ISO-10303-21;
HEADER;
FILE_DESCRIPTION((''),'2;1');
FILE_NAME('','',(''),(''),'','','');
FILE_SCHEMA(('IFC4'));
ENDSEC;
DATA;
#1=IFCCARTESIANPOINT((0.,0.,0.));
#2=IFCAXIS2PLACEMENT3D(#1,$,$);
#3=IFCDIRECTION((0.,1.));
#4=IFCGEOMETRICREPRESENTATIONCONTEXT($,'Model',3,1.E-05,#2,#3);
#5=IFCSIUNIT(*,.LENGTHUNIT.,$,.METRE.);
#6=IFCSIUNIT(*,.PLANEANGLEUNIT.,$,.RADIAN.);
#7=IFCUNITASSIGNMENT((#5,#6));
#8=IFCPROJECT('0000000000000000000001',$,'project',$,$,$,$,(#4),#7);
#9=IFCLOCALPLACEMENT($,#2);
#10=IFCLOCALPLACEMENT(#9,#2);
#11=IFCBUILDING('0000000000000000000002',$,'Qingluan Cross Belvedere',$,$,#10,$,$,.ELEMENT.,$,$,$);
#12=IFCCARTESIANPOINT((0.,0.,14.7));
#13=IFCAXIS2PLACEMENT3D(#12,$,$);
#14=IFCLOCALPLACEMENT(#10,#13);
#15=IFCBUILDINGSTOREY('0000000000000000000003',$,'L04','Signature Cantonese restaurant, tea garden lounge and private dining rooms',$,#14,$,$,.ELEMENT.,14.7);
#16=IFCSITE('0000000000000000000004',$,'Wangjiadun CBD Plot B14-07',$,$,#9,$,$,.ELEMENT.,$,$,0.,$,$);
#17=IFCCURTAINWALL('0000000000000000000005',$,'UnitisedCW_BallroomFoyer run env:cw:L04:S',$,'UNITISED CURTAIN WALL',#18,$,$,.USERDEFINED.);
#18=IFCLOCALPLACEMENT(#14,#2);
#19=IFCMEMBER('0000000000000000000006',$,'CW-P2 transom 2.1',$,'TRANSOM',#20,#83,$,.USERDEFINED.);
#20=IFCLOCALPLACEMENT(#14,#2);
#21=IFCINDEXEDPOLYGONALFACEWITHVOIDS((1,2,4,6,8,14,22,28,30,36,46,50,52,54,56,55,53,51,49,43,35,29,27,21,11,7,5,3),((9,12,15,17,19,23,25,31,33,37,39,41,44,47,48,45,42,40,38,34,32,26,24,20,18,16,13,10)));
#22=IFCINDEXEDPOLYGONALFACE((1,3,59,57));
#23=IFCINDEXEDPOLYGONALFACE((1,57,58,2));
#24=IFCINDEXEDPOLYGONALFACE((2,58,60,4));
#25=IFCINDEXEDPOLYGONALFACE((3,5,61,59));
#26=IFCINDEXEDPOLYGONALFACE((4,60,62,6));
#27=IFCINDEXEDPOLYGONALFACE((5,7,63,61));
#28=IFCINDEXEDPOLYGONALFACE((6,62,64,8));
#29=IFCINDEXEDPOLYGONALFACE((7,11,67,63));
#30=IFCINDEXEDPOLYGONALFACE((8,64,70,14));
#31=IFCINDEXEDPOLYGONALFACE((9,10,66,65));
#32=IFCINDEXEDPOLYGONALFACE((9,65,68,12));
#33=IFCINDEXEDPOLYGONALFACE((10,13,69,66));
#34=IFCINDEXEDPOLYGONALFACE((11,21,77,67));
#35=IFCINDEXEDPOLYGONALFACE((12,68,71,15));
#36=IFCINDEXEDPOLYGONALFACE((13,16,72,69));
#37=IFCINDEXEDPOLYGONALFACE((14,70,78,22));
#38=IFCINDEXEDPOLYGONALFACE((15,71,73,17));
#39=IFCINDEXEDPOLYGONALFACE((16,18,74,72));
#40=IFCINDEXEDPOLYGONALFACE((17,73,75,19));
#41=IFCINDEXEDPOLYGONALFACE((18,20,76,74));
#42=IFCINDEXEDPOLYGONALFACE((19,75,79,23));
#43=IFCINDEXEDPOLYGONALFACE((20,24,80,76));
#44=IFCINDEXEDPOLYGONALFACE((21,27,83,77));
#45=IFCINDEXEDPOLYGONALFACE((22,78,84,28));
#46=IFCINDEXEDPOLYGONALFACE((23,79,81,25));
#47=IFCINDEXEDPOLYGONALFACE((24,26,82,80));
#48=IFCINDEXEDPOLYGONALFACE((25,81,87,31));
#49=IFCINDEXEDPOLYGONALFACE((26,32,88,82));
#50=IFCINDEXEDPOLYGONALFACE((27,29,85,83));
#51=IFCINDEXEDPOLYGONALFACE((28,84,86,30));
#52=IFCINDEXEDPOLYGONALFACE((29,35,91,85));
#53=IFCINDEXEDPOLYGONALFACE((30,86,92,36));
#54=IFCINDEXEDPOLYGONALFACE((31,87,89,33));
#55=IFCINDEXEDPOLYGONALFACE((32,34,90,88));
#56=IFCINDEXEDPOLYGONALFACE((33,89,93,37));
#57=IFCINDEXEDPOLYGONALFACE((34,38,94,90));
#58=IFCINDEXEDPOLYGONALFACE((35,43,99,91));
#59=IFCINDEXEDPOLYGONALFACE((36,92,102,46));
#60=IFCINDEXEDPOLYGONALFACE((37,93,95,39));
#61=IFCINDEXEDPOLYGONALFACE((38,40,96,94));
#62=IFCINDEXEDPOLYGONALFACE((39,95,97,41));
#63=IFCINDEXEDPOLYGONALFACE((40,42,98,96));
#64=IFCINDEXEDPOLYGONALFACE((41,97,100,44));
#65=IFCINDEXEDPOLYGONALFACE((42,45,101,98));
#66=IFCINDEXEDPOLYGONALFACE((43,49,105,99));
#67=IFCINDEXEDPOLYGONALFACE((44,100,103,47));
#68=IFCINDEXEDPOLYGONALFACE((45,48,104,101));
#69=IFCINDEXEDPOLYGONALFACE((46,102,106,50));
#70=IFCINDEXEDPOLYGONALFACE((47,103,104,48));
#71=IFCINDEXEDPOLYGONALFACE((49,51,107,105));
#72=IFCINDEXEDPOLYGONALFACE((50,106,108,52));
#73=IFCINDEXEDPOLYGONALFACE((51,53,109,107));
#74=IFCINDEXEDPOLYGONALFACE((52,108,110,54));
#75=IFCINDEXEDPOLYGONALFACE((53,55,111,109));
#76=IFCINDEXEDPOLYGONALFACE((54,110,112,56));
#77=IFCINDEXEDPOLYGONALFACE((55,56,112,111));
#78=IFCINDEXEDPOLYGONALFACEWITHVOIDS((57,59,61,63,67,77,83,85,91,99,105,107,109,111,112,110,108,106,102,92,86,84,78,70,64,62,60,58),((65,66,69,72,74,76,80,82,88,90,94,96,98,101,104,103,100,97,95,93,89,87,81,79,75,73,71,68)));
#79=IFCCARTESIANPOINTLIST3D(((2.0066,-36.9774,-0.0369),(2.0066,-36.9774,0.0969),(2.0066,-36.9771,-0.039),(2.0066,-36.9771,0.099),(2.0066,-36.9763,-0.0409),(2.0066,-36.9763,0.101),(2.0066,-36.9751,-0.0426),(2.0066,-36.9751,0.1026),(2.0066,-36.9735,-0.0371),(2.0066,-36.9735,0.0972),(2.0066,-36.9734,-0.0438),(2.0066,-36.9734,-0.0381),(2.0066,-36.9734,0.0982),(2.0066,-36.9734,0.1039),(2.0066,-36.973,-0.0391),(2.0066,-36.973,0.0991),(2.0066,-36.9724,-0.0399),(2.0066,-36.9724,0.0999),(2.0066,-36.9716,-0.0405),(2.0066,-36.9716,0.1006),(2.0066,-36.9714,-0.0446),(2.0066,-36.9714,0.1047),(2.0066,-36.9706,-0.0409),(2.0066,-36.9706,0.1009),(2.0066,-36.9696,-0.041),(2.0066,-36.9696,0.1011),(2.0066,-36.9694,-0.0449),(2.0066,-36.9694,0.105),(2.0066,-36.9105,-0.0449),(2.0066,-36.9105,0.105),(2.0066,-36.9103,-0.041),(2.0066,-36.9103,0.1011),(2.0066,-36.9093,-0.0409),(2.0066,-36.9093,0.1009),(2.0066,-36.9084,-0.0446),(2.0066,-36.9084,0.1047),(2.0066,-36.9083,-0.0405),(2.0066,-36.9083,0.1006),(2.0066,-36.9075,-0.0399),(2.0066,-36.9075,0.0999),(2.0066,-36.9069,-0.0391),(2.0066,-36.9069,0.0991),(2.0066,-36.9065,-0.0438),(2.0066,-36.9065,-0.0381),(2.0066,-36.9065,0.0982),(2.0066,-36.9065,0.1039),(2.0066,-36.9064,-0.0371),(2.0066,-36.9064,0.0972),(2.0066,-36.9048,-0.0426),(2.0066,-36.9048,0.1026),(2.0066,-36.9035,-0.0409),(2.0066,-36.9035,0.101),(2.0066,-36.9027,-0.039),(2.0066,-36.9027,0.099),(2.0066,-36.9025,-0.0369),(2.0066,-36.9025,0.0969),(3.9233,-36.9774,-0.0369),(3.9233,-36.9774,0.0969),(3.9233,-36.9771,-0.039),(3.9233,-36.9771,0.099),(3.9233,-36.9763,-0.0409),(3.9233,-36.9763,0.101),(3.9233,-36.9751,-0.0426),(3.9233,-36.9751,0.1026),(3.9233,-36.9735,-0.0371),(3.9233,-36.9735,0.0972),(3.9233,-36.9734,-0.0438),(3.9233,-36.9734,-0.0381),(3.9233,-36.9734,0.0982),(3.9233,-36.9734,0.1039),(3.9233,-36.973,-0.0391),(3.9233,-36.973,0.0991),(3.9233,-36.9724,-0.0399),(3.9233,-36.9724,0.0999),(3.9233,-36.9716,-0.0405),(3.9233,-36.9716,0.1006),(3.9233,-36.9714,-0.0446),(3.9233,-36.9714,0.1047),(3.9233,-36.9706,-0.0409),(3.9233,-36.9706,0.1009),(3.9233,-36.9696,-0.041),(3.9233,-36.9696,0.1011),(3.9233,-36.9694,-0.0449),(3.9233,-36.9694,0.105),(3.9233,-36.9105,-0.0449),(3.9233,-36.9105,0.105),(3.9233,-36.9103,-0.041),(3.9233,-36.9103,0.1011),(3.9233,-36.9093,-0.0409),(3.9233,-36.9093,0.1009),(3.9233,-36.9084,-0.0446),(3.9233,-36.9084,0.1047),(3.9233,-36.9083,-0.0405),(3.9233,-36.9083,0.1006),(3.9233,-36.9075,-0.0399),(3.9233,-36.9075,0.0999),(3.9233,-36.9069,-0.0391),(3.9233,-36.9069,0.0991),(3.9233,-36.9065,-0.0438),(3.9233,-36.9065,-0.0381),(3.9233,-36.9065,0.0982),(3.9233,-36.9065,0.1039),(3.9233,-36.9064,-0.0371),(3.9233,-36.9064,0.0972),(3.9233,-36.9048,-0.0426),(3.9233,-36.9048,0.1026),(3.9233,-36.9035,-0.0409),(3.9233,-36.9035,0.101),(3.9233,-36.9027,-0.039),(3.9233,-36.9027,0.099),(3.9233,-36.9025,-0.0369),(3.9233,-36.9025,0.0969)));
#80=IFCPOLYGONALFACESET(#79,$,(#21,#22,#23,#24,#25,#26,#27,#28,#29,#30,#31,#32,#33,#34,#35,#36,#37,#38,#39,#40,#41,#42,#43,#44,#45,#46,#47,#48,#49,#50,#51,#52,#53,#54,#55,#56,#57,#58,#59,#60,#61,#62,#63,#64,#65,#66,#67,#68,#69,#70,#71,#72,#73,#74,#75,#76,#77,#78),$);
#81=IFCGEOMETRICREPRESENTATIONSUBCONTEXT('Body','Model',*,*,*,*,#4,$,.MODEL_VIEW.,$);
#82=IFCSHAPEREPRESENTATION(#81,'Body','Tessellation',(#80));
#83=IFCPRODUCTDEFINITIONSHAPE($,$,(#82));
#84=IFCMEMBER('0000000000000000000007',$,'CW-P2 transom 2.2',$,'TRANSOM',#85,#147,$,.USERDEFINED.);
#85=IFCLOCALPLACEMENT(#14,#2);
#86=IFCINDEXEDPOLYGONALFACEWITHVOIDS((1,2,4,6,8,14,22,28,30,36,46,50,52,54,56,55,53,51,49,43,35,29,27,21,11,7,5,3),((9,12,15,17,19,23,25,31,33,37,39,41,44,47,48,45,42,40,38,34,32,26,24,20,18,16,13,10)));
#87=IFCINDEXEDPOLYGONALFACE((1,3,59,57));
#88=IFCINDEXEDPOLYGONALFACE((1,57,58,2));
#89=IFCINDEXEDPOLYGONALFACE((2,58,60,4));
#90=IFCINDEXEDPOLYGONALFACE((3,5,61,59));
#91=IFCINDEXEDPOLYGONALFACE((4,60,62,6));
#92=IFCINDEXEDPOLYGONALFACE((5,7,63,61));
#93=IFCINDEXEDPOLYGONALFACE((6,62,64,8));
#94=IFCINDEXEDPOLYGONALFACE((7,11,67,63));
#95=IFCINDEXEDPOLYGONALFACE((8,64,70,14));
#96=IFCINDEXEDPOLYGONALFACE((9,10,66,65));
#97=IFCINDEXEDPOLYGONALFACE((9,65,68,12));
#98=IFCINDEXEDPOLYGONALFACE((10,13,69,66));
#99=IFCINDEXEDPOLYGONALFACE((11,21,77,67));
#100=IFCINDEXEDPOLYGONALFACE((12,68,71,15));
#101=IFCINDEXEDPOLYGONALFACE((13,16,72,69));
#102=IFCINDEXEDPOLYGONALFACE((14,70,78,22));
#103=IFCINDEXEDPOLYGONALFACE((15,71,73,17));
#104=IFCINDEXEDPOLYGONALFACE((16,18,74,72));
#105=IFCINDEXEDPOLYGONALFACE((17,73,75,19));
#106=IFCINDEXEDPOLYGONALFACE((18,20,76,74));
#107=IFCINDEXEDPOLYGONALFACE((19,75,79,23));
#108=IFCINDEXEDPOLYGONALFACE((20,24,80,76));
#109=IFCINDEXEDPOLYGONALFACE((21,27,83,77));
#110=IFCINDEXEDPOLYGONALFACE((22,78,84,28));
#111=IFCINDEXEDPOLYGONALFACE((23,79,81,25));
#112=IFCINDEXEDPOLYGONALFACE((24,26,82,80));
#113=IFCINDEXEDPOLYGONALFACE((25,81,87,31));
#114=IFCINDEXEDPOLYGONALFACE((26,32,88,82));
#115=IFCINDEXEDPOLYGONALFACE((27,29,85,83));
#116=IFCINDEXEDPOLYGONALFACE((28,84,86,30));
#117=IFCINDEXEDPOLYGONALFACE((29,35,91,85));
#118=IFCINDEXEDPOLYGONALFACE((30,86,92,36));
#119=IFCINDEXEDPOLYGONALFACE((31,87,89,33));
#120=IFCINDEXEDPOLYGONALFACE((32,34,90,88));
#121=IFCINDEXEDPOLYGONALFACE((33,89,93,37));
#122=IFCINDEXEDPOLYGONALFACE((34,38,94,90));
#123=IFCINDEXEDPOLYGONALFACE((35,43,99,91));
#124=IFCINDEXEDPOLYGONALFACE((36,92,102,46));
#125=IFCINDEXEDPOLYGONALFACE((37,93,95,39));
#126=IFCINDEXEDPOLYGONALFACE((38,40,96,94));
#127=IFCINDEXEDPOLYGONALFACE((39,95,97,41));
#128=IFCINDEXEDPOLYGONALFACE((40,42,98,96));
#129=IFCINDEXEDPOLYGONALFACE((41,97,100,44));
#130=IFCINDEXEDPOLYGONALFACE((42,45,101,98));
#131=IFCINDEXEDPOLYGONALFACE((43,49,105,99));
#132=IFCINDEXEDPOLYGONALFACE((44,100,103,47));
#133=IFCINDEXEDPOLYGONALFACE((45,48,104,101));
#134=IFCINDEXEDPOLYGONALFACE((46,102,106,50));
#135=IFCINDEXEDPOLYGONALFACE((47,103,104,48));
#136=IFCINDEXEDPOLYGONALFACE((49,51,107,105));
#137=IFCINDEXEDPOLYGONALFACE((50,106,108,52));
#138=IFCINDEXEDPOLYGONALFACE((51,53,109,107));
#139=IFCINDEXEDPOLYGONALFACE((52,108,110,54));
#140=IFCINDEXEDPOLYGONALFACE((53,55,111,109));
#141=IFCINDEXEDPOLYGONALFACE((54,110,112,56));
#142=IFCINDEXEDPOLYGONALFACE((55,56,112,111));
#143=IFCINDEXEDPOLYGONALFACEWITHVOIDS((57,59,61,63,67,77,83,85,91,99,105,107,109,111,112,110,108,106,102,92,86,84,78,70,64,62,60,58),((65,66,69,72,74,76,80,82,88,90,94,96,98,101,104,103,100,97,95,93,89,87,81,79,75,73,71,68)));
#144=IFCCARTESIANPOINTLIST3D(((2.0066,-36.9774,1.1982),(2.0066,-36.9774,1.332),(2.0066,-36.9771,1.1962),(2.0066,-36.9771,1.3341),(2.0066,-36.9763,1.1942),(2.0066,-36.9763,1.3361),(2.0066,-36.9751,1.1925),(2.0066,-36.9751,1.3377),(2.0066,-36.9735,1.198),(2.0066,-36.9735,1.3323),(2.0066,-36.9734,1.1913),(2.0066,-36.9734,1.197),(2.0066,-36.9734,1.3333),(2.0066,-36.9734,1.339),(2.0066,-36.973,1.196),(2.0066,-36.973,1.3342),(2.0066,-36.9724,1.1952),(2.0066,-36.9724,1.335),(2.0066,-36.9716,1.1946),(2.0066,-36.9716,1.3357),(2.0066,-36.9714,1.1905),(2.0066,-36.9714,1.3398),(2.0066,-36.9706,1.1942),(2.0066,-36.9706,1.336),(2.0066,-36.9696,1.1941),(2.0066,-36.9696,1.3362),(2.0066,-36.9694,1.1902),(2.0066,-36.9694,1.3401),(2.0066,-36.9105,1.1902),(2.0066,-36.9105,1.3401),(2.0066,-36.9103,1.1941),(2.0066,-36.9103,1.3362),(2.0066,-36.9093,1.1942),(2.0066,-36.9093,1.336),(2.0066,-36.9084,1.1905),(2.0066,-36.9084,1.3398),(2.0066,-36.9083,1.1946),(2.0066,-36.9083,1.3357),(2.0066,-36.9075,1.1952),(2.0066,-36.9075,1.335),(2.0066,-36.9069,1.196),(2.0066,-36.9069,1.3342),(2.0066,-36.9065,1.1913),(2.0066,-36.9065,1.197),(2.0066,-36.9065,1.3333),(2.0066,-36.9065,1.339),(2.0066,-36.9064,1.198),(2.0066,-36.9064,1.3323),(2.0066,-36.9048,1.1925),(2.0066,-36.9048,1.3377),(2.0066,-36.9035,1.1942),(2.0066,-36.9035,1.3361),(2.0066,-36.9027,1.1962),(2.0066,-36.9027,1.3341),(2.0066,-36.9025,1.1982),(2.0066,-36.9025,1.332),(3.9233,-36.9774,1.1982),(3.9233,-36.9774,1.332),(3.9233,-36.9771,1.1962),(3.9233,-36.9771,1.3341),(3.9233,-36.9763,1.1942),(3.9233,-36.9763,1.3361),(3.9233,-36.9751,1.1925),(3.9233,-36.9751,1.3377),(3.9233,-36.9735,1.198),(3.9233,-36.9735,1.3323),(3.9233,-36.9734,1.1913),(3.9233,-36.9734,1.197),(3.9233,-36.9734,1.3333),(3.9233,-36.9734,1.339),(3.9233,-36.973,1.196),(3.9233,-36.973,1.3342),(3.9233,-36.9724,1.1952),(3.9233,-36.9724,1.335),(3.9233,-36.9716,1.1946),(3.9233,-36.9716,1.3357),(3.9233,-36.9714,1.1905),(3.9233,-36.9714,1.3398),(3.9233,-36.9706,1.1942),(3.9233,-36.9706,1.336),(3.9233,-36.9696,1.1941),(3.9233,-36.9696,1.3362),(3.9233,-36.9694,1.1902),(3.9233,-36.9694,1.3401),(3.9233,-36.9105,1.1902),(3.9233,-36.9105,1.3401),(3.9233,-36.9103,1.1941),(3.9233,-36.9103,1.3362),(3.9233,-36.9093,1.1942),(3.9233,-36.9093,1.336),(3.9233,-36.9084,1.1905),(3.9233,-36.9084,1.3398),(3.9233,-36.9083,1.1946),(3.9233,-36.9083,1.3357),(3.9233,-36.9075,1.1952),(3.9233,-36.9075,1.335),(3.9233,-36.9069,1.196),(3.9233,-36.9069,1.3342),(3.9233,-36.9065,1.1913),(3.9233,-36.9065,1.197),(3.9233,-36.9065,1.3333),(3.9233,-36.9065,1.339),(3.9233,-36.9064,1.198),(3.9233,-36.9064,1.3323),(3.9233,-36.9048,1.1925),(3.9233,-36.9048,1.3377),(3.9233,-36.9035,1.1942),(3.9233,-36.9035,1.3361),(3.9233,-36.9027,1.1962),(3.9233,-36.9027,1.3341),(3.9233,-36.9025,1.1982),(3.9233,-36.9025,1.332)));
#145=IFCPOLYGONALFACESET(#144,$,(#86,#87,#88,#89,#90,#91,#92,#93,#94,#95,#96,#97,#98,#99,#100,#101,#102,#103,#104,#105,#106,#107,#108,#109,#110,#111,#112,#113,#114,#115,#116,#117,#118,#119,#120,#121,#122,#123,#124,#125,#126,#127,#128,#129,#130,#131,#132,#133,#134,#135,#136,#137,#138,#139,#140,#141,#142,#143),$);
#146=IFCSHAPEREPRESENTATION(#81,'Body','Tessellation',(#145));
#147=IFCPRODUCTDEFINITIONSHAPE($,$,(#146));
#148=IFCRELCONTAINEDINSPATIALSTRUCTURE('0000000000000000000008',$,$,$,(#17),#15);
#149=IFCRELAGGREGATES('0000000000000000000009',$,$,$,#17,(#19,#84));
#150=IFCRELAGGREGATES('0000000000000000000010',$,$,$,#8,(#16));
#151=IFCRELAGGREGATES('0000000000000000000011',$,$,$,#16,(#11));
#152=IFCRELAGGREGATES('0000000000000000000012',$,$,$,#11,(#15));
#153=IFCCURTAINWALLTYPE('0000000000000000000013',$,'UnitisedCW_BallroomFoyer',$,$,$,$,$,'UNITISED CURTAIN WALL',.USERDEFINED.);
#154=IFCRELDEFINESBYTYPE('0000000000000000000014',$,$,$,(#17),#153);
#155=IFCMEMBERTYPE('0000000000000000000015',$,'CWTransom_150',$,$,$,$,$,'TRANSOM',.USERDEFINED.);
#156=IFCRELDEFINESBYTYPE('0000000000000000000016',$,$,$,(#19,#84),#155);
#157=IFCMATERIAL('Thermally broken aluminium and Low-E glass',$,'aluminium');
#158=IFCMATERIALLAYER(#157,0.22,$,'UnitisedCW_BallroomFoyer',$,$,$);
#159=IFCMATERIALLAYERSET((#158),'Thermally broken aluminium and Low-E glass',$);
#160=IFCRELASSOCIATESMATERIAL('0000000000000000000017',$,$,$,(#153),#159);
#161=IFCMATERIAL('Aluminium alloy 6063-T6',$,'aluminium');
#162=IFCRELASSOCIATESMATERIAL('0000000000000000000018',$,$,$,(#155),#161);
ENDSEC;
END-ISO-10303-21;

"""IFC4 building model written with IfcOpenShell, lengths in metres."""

from ifc_helpers import new_model, si_unit, direction, frame, origin, origin_2d, place, context, subcontext, project, spatial, hollow_rectangle, extrude, material, layer, layer_set, material_profile, profile_set, type_object, element, aggregate, save


model = new_model("IFC4")

# Units and contexts
model_context = context("Model", 3, precision=1e-05, world=origin(), true_north=direction((0.0, 1.0)))
body_context = subcontext(model_context, "Body", "Model", "MODEL_VIEW")
ifc_project = project(units=[si_unit("LENGTHUNIT", "METRE"), si_unit("PLANEANGLEUNIT", "RADIAN")], contexts=[model_context])

# Site, building, storey
site_placement = place(None, origin())
site = spatial("IfcSite", under=ifc_project, at=site_placement, Name="Wangjiadun CBD Plot B14-07", CompositionType="ELEMENT", RefElevation=0.0)
building_placement = place(site_placement, origin())
building = spatial("IfcBuilding", under=site, at=building_placement, Name="Qingluan Cross Belvedere", CompositionType="ELEMENT")
storey_placement = place(building_placement, frame((0.0, 0.0, 14.7)))
storey = spatial("IfcBuildingStorey", under=building, at=storey_placement, Name="L04", Description="Signature Cantonese restaurant, tea garden lounge and private dining rooms", CompositionType="ELEMENT", Elevation=14.7)

# Curtain wall, members
ifc_material_1 = material(Name="Thermally broken aluminium and Low-E glass", Category="aluminium")
ifc_layer_1 = layer(ifc_material_1, 0.22, Name="UnitisedCW_BallroomFoyer")
ifc_layer_set_1 = layer_set([ifc_layer_1], Name="Thermally broken aluminium and Low-E glass")
curtain_wall_type = type_object("IfcCurtainWallType", Name="UnitisedCW_BallroomFoyer", ElementType="UNITISED CURTAIN WALL", PredefinedType="USERDEFINED", material=ifc_layer_set_1)
curtain_wall_placement = place(storey_placement, origin())
curtain_wall = element("IfcCurtainWall", 1, at=curtain_wall_placement, inside=storey, type_object=curtain_wall_type, Name="UnitisedCW_BallroomFoyer run env:cw:L04:S", ObjectType="UNITISED CURTAIN WALL", PredefinedType="USERDEFINED")
ifc_material_2 = material(Name="Aluminium alloy 6063-T6", Category="aluminium")
ifc_material_profile_1 = material_profile(ifc_material_2, hollow_rectangle(XDim=0.075, YDim=0.1499, WallThickness=0.0039, InnerFilletRadius=0.0039, OuterFilletRadius=0.0081, at=origin_2d()), Name="CWT150x75x4")
ifc_profile_set_1 = profile_set([ifc_material_profile_1], Name="Aluminium alloy 6063-T6")
member_type_1 = type_object("IfcMemberType", Name="CWTransom_150", ElementType="TRANSOM", PredefinedType="USERDEFINED", material=ifc_profile_set_1)
member_1_placement = place(storey_placement, frame((3.9233, -36.9399, 0.03), z_axis=(-1.0, 0.0, 0.0), x_axis=(0.0, -1.0, 0.0)))
member_1 = element("IfcMember", 2, at=member_1_placement, type_object=member_type_1, Name="CW-P2 transom 2.1", ObjectType="TRANSOM", PredefinedType="USERDEFINED", context=body_context, shape_type="SweptSolid", body=[
    extrude(hollow_rectangle(XDim=0.075, YDim=0.1499, WallThickness=0.0039, InnerFilletRadius=0.0039, OuterFilletRadius=0.0081, at=origin_2d()), origin(), (0.0, 0.0, 1.0), 1.9167),
])
member_2_placement = place(storey_placement, frame((3.9233, -36.9399, 1.2651), z_axis=(-1.0, 0.0, 0.0), x_axis=(0.0, -1.0, 0.0)))
member_2 = element("IfcMember", 3, at=member_2_placement, type_object=member_type_1, Name="CW-P2 transom 2.2", ObjectType="TRANSOM", PredefinedType="USERDEFINED", context=body_context, shape_type="SweptSolid", body=[
    extrude(hollow_rectangle(XDim=0.075, YDim=0.1499, WallThickness=0.0039, InnerFilletRadius=0.0039, OuterFilletRadius=0.0081, at=origin_2d()), origin(), (0.0, 0.0, 1.0), 1.9167),
])
aggregate(curtain_wall, [member_1, member_2])

save(model, "model.ifc")
